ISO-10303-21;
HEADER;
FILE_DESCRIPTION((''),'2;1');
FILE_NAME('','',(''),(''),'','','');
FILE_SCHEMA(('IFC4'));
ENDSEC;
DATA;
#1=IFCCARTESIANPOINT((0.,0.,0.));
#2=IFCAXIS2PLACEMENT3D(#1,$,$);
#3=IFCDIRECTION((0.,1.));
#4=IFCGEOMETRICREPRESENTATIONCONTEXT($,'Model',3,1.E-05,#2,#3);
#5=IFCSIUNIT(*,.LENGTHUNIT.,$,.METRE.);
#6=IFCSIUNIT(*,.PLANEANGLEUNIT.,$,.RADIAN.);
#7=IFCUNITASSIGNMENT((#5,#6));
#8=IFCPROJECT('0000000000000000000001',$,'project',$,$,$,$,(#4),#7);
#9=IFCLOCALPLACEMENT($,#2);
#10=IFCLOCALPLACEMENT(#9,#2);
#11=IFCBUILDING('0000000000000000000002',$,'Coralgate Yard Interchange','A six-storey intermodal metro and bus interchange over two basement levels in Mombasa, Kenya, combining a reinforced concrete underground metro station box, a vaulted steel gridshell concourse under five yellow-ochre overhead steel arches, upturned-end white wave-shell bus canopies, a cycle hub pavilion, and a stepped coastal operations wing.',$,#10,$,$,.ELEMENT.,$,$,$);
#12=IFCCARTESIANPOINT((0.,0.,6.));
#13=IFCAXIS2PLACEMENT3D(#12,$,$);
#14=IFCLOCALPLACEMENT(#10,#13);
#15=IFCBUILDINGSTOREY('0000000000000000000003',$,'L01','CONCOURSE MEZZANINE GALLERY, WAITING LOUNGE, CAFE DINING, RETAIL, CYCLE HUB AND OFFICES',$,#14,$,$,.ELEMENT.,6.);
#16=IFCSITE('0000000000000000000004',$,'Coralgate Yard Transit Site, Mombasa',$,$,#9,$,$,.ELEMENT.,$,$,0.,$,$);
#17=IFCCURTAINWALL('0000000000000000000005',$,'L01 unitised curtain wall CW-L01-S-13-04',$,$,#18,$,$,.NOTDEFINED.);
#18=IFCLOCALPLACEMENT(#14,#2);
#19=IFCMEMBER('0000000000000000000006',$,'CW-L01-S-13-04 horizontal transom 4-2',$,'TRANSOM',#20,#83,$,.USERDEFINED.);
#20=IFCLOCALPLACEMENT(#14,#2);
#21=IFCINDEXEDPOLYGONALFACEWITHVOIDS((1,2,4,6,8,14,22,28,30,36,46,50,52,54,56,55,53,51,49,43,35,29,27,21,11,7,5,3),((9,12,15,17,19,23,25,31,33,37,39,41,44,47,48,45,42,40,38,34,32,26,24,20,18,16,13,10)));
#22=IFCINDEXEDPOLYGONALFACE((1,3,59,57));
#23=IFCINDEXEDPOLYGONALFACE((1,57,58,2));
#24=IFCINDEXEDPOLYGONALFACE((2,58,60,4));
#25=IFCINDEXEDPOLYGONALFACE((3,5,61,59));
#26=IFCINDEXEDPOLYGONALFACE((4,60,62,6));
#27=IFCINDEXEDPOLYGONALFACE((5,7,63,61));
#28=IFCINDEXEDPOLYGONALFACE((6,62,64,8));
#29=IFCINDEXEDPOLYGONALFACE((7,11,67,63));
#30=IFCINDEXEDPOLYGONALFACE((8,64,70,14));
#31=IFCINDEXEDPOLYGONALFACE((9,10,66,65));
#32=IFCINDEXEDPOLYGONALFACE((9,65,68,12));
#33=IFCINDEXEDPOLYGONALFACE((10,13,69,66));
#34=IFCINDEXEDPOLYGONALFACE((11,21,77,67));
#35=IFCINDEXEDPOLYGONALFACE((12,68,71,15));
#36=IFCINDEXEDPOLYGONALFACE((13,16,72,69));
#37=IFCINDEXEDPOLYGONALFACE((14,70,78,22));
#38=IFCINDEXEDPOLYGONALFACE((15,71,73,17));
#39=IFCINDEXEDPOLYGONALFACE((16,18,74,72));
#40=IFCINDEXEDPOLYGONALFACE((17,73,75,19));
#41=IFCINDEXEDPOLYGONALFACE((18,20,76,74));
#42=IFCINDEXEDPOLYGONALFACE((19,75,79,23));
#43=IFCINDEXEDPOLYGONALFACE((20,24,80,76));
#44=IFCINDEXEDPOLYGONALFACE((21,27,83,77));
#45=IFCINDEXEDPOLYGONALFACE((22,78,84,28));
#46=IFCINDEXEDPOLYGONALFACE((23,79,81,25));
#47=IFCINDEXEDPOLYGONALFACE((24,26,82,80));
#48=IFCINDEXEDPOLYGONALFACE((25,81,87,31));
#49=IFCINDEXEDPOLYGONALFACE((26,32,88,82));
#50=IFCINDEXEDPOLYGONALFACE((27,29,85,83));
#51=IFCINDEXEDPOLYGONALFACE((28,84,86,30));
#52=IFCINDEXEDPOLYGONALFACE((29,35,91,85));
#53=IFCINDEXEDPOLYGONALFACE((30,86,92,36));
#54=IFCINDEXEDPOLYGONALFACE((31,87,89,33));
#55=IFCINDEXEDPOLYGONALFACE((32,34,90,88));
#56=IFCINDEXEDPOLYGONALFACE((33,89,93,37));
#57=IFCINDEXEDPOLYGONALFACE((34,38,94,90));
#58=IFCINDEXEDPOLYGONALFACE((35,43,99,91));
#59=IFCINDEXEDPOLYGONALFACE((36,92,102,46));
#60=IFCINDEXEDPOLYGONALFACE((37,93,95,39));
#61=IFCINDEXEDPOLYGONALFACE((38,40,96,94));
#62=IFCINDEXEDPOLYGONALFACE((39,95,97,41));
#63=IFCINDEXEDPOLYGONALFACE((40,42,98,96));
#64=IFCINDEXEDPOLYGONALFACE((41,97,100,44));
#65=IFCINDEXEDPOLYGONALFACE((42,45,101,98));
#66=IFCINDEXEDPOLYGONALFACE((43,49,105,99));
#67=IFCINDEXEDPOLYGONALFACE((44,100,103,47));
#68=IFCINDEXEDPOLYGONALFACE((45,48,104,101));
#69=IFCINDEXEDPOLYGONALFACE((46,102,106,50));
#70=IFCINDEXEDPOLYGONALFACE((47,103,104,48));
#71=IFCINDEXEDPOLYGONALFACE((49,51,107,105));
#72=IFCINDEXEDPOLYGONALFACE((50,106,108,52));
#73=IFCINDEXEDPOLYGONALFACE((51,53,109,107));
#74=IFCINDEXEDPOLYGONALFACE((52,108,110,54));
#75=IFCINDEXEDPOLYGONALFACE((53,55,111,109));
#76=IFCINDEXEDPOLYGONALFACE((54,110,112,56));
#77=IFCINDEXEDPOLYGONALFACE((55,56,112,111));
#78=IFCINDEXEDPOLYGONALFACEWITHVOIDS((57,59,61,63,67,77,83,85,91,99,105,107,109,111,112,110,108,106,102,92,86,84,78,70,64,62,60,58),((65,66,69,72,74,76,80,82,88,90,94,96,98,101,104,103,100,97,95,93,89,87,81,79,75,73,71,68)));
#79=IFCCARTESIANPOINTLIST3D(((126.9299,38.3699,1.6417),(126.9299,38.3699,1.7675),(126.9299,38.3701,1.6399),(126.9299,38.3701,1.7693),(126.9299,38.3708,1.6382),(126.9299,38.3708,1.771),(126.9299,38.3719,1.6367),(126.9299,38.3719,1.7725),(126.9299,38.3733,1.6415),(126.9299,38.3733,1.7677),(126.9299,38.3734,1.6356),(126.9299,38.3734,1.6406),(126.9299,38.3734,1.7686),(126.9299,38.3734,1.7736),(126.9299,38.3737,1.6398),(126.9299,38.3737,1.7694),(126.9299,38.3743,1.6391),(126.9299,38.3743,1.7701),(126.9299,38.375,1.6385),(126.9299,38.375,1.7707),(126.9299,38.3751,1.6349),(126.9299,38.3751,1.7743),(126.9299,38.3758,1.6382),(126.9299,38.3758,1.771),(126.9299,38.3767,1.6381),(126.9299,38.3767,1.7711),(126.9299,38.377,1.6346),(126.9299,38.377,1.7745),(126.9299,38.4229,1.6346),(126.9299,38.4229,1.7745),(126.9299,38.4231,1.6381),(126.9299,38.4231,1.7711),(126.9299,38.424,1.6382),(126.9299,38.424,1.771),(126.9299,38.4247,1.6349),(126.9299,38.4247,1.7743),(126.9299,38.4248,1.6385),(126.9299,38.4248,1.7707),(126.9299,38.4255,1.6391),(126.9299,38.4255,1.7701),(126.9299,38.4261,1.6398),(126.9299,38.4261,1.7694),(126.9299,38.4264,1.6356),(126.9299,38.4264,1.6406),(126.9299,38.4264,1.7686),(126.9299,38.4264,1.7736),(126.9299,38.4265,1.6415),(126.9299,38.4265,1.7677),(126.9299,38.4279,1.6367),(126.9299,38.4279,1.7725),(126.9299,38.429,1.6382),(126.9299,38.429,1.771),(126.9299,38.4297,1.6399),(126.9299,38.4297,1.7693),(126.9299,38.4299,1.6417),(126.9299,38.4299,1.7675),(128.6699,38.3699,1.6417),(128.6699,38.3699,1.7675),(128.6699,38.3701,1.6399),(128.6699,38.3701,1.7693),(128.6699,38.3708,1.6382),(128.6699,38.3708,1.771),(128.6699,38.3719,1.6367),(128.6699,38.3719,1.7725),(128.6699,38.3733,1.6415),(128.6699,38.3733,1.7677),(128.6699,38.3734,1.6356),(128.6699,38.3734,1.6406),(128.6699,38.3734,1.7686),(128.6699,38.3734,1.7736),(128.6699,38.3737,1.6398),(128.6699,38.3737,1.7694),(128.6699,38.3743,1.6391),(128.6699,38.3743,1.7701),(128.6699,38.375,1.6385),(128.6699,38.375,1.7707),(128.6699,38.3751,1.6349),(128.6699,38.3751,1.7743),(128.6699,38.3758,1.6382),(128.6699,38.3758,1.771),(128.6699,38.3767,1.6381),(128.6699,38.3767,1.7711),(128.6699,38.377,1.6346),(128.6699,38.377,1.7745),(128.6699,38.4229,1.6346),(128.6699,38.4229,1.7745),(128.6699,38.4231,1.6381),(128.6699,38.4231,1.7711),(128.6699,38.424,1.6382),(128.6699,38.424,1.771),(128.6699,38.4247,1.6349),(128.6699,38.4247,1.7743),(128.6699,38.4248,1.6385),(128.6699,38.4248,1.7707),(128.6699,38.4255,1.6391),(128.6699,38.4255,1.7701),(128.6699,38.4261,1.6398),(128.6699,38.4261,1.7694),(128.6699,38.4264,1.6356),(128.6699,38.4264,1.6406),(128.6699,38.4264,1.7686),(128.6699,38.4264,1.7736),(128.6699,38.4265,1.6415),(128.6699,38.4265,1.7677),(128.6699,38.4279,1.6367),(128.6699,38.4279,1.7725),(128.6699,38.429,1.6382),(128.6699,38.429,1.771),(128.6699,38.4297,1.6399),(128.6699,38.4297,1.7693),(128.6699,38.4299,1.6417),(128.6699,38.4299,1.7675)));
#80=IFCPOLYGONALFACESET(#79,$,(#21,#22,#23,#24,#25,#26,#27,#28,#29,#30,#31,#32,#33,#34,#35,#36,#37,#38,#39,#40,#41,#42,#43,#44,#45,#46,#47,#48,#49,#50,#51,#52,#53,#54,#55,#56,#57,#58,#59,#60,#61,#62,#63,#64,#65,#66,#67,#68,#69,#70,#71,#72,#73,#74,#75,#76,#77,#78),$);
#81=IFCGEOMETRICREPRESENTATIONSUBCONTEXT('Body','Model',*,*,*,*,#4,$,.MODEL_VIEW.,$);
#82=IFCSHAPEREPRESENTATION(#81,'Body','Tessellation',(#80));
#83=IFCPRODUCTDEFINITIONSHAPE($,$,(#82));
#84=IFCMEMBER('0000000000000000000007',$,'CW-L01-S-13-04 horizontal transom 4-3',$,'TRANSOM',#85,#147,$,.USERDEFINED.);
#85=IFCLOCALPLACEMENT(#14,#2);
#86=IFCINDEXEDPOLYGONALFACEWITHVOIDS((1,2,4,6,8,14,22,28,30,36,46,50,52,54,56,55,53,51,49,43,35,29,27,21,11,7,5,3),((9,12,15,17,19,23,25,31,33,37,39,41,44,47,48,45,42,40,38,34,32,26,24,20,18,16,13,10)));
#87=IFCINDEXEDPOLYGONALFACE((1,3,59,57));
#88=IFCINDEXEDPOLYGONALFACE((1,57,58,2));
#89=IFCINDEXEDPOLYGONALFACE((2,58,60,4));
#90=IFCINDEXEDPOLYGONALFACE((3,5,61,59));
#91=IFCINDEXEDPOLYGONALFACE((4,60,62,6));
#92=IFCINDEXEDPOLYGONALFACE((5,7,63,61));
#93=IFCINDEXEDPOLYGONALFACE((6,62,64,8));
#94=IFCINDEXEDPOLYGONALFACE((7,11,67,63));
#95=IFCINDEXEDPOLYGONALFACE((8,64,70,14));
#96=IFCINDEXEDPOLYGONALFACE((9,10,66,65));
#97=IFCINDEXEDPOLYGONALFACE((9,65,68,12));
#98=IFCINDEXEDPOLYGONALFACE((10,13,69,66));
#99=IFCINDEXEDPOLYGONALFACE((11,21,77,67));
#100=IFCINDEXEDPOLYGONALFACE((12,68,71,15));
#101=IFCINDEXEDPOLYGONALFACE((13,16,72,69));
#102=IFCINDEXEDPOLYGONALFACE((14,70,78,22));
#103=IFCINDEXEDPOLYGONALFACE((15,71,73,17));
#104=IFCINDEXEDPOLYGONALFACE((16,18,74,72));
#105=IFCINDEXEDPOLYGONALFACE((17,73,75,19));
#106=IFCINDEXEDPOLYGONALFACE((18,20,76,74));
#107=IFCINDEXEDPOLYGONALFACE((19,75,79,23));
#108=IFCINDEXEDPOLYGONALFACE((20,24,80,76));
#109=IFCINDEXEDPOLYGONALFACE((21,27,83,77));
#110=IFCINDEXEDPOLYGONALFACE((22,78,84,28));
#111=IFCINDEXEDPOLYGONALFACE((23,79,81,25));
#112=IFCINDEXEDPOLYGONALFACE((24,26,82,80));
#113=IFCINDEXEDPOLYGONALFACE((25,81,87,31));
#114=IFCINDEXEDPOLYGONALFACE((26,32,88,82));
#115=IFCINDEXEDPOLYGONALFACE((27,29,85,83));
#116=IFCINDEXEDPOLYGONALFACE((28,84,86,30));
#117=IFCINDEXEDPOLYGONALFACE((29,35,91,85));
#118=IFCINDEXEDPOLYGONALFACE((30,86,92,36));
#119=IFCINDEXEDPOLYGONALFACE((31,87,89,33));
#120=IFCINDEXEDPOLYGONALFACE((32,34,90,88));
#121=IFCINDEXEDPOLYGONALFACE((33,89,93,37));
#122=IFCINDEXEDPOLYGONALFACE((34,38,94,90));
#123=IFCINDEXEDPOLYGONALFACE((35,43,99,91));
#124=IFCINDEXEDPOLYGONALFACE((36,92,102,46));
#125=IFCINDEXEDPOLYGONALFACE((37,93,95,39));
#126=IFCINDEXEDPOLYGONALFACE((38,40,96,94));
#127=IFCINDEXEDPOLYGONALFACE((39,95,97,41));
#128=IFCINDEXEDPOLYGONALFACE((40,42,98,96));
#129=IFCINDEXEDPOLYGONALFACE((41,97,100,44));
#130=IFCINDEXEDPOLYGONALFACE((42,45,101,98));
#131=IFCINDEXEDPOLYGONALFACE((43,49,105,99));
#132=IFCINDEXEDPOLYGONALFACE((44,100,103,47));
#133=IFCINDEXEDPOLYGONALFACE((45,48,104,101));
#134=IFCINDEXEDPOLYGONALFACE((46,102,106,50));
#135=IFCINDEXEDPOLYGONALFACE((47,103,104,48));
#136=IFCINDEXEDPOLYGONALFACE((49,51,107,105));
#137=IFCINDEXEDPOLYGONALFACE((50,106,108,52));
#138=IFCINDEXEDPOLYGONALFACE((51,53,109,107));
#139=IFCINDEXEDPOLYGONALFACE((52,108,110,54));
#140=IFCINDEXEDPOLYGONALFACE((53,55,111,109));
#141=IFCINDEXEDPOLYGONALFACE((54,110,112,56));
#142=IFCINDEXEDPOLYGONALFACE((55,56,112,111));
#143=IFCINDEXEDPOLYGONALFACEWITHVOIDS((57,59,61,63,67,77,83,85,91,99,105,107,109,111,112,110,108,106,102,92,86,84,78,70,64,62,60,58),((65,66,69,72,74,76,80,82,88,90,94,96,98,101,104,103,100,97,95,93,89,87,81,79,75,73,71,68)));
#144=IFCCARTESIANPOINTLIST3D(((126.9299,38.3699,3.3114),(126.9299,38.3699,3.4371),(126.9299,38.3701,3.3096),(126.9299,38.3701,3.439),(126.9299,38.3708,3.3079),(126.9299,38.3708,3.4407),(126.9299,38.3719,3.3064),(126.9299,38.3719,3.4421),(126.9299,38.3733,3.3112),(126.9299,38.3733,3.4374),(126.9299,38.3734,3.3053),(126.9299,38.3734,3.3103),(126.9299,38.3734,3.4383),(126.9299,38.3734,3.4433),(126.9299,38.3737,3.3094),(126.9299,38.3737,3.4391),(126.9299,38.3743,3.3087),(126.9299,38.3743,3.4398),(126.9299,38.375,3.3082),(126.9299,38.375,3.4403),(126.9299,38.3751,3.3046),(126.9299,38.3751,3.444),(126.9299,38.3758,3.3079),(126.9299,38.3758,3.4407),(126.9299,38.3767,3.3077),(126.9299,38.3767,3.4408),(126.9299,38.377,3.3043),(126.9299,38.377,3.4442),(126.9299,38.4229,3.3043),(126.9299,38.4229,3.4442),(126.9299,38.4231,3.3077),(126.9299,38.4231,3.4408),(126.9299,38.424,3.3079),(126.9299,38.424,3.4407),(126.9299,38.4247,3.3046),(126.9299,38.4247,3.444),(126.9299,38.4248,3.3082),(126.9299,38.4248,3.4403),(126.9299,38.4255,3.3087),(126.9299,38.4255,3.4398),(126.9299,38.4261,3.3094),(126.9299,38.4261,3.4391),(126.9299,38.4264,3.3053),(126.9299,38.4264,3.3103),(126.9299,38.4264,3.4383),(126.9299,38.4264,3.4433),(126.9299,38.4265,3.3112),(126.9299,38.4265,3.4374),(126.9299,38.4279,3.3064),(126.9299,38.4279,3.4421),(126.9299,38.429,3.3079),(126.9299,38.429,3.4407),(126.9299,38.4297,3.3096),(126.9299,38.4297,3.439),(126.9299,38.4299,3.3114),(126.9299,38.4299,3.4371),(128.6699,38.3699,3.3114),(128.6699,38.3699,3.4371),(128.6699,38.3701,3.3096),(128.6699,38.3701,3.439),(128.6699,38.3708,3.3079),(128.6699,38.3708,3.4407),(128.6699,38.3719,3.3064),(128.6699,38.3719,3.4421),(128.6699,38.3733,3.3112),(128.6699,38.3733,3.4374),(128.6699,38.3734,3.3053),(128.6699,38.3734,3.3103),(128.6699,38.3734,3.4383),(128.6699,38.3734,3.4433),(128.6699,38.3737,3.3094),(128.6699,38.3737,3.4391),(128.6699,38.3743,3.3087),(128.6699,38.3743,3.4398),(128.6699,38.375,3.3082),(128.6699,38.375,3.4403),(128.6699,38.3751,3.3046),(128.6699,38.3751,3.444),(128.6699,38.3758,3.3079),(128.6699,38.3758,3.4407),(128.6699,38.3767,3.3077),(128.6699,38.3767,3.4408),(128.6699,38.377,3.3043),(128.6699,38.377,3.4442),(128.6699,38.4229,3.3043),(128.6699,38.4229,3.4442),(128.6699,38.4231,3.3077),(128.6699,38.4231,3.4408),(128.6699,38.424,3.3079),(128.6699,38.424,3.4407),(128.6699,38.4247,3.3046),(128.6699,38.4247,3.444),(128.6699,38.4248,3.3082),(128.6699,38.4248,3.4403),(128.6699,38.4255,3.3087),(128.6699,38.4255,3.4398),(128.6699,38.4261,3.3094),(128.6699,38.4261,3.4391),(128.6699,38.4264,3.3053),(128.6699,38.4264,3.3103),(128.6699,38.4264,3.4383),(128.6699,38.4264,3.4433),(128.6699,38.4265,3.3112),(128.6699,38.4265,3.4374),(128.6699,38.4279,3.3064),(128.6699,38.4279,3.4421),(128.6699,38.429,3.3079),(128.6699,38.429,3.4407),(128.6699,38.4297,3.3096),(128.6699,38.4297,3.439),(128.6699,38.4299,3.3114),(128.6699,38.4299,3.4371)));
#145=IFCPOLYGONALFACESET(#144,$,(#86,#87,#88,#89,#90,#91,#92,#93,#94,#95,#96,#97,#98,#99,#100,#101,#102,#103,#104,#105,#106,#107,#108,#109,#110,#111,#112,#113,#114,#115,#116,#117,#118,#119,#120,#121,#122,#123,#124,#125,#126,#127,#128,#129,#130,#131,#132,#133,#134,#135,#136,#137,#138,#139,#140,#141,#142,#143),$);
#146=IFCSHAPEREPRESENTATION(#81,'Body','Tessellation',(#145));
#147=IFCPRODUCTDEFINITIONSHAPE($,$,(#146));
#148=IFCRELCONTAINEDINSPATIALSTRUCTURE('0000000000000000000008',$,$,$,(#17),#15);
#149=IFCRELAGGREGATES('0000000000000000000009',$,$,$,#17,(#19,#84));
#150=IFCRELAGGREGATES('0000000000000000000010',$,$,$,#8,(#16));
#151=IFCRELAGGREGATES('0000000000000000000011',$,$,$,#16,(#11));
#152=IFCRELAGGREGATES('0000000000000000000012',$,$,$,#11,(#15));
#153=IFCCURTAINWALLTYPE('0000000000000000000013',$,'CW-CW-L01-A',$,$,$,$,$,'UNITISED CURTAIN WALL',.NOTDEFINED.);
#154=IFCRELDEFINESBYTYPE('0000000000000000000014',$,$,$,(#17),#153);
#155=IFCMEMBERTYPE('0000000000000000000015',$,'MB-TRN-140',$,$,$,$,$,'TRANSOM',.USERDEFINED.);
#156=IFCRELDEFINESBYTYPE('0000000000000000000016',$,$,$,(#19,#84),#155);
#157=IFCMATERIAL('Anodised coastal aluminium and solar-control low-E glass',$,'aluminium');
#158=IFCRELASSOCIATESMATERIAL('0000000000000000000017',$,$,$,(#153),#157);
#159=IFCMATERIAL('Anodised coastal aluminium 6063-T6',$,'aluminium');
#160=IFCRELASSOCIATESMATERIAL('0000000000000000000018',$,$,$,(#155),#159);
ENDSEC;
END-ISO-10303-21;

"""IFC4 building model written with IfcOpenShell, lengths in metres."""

from ifc_helpers import new_model, si_unit, direction, frame, origin, origin_2d, place, context, subcontext, project, spatial, hollow_rectangle, extrude, material, material_profile, profile_set, type_object, element, aggregate, save


model = new_model("IFC4")

# Units and contexts
model_context = context("Model", 3, precision=1e-05, world=origin(), true_north=direction((0.0, 1.0)))
body_context = subcontext(model_context, "Body", "Model", "MODEL_VIEW")
ifc_project = project(units=[si_unit("LENGTHUNIT", "METRE"), si_unit("PLANEANGLEUNIT", "RADIAN")], contexts=[model_context])

# Site, building, storey
site_placement = place(None, origin())
site = spatial("IfcSite", under=ifc_project, at=site_placement, Name="Coralgate Yard Transit Site, Mombasa", CompositionType="ELEMENT", RefElevation=0.0)
building_placement = place(site_placement, origin())
building = spatial("IfcBuilding", under=site, at=building_placement, Name="Coralgate Yard Interchange", Description="A six-storey intermodal metro and bus interchange over two basement levels in Mombasa, Kenya, combining a reinforced concrete underground metro station box, a vaulted steel gridshell concourse under five yellow-ochre overhead steel arches, upturned-end white wave-shell bus canopies, a cycle hub pavilion, and a stepped coastal operations wing.", CompositionType="ELEMENT")
storey_placement = place(building_placement, frame((0.0, 0.0, 6.0)))
storey = spatial("IfcBuildingStorey", under=building, at=storey_placement, Name="L01", Description="CONCOURSE MEZZANINE GALLERY, WAITING LOUNGE, CAFE DINING, RETAIL, CYCLE HUB AND OFFICES", CompositionType="ELEMENT", Elevation=6.0)

# Curtain wall
ifc_material_1 = material(Name="Anodised coastal aluminium and solar-control low-E glass", Category="aluminium")
curtain_wall_type_1 = type_object("IfcCurtainWallType", Name="CW-CW-L01-A", ElementType="UNITISED CURTAIN WALL", PredefinedType="NOTDEFINED", material=ifc_material_1)
curtain_wall_1_placement = place(storey_placement, origin())
curtain_wall_1 = element("IfcCurtainWall", 1, at=curtain_wall_1_placement, inside=storey, type_object=curtain_wall_type_1, Name="L01 unitised curtain wall CW-L01-S-13-04", PredefinedType="NOTDEFINED")
ifc_material_2 = material(Name="Anodised coastal aluminium 6063-T6", Category="aluminium")

# Members
ifc_material_profile_1 = material_profile(ifc_material_2, hollow_rectangle(XDim=0.0601, YDim=0.1399, WallThickness=0.0034, InnerFilletRadius=0.0034, OuterFilletRadius=0.0071, at=origin_2d()), Name="ALU 60x140x3.5")
ifc_profile_set_1 = profile_set([ifc_material_profile_1], Name="Anodised coastal aluminium 6063-T6")
member_type_1 = type_object("IfcMemberType", Name="MB-TRN-140", ElementType="TRANSOM", PredefinedType="USERDEFINED", material=ifc_profile_set_1)
member_1_placement = place(storey_placement, frame((128.6699, 38.3999, 1.7046), z_axis=(-1.0, 0.0, 0.0), x_axis=(0.0, -1.0, 0.0)))
member_1 = element("IfcMember", 2, at=member_1_placement, type_object=member_type_1, Name="CW-L01-S-13-04 horizontal transom 4-2", ObjectType="TRANSOM", PredefinedType="USERDEFINED", context=body_context, shape_type="SweptSolid", body=[
    extrude(hollow_rectangle(XDim=0.0601, YDim=0.1399, WallThickness=0.0034, InnerFilletRadius=0.0034, OuterFilletRadius=0.0071, at=origin_2d()), origin(), (0.0, 0.0, 1.0), 1.74),
])
member_2_placement = place(storey_placement, frame((128.6699, 38.3999, 3.3743), z_axis=(-1.0, 0.0, 0.0), x_axis=(0.0, -1.0, 0.0)))
member_2 = element("IfcMember", 3, at=member_2_placement, type_object=member_type_1, Name="CW-L01-S-13-04 horizontal transom 4-3", ObjectType="TRANSOM", PredefinedType="USERDEFINED", context=body_context, shape_type="SweptSolid", body=[
    extrude(hollow_rectangle(XDim=0.0601, YDim=0.1399, WallThickness=0.0034, InnerFilletRadius=0.0034, OuterFilletRadius=0.0071, at=origin_2d()), origin(), (0.0, 0.0, 1.0), 1.74),
])

aggregate(curtain_wall_1, [member_1, member_2])

save(model, "model.ifc")
